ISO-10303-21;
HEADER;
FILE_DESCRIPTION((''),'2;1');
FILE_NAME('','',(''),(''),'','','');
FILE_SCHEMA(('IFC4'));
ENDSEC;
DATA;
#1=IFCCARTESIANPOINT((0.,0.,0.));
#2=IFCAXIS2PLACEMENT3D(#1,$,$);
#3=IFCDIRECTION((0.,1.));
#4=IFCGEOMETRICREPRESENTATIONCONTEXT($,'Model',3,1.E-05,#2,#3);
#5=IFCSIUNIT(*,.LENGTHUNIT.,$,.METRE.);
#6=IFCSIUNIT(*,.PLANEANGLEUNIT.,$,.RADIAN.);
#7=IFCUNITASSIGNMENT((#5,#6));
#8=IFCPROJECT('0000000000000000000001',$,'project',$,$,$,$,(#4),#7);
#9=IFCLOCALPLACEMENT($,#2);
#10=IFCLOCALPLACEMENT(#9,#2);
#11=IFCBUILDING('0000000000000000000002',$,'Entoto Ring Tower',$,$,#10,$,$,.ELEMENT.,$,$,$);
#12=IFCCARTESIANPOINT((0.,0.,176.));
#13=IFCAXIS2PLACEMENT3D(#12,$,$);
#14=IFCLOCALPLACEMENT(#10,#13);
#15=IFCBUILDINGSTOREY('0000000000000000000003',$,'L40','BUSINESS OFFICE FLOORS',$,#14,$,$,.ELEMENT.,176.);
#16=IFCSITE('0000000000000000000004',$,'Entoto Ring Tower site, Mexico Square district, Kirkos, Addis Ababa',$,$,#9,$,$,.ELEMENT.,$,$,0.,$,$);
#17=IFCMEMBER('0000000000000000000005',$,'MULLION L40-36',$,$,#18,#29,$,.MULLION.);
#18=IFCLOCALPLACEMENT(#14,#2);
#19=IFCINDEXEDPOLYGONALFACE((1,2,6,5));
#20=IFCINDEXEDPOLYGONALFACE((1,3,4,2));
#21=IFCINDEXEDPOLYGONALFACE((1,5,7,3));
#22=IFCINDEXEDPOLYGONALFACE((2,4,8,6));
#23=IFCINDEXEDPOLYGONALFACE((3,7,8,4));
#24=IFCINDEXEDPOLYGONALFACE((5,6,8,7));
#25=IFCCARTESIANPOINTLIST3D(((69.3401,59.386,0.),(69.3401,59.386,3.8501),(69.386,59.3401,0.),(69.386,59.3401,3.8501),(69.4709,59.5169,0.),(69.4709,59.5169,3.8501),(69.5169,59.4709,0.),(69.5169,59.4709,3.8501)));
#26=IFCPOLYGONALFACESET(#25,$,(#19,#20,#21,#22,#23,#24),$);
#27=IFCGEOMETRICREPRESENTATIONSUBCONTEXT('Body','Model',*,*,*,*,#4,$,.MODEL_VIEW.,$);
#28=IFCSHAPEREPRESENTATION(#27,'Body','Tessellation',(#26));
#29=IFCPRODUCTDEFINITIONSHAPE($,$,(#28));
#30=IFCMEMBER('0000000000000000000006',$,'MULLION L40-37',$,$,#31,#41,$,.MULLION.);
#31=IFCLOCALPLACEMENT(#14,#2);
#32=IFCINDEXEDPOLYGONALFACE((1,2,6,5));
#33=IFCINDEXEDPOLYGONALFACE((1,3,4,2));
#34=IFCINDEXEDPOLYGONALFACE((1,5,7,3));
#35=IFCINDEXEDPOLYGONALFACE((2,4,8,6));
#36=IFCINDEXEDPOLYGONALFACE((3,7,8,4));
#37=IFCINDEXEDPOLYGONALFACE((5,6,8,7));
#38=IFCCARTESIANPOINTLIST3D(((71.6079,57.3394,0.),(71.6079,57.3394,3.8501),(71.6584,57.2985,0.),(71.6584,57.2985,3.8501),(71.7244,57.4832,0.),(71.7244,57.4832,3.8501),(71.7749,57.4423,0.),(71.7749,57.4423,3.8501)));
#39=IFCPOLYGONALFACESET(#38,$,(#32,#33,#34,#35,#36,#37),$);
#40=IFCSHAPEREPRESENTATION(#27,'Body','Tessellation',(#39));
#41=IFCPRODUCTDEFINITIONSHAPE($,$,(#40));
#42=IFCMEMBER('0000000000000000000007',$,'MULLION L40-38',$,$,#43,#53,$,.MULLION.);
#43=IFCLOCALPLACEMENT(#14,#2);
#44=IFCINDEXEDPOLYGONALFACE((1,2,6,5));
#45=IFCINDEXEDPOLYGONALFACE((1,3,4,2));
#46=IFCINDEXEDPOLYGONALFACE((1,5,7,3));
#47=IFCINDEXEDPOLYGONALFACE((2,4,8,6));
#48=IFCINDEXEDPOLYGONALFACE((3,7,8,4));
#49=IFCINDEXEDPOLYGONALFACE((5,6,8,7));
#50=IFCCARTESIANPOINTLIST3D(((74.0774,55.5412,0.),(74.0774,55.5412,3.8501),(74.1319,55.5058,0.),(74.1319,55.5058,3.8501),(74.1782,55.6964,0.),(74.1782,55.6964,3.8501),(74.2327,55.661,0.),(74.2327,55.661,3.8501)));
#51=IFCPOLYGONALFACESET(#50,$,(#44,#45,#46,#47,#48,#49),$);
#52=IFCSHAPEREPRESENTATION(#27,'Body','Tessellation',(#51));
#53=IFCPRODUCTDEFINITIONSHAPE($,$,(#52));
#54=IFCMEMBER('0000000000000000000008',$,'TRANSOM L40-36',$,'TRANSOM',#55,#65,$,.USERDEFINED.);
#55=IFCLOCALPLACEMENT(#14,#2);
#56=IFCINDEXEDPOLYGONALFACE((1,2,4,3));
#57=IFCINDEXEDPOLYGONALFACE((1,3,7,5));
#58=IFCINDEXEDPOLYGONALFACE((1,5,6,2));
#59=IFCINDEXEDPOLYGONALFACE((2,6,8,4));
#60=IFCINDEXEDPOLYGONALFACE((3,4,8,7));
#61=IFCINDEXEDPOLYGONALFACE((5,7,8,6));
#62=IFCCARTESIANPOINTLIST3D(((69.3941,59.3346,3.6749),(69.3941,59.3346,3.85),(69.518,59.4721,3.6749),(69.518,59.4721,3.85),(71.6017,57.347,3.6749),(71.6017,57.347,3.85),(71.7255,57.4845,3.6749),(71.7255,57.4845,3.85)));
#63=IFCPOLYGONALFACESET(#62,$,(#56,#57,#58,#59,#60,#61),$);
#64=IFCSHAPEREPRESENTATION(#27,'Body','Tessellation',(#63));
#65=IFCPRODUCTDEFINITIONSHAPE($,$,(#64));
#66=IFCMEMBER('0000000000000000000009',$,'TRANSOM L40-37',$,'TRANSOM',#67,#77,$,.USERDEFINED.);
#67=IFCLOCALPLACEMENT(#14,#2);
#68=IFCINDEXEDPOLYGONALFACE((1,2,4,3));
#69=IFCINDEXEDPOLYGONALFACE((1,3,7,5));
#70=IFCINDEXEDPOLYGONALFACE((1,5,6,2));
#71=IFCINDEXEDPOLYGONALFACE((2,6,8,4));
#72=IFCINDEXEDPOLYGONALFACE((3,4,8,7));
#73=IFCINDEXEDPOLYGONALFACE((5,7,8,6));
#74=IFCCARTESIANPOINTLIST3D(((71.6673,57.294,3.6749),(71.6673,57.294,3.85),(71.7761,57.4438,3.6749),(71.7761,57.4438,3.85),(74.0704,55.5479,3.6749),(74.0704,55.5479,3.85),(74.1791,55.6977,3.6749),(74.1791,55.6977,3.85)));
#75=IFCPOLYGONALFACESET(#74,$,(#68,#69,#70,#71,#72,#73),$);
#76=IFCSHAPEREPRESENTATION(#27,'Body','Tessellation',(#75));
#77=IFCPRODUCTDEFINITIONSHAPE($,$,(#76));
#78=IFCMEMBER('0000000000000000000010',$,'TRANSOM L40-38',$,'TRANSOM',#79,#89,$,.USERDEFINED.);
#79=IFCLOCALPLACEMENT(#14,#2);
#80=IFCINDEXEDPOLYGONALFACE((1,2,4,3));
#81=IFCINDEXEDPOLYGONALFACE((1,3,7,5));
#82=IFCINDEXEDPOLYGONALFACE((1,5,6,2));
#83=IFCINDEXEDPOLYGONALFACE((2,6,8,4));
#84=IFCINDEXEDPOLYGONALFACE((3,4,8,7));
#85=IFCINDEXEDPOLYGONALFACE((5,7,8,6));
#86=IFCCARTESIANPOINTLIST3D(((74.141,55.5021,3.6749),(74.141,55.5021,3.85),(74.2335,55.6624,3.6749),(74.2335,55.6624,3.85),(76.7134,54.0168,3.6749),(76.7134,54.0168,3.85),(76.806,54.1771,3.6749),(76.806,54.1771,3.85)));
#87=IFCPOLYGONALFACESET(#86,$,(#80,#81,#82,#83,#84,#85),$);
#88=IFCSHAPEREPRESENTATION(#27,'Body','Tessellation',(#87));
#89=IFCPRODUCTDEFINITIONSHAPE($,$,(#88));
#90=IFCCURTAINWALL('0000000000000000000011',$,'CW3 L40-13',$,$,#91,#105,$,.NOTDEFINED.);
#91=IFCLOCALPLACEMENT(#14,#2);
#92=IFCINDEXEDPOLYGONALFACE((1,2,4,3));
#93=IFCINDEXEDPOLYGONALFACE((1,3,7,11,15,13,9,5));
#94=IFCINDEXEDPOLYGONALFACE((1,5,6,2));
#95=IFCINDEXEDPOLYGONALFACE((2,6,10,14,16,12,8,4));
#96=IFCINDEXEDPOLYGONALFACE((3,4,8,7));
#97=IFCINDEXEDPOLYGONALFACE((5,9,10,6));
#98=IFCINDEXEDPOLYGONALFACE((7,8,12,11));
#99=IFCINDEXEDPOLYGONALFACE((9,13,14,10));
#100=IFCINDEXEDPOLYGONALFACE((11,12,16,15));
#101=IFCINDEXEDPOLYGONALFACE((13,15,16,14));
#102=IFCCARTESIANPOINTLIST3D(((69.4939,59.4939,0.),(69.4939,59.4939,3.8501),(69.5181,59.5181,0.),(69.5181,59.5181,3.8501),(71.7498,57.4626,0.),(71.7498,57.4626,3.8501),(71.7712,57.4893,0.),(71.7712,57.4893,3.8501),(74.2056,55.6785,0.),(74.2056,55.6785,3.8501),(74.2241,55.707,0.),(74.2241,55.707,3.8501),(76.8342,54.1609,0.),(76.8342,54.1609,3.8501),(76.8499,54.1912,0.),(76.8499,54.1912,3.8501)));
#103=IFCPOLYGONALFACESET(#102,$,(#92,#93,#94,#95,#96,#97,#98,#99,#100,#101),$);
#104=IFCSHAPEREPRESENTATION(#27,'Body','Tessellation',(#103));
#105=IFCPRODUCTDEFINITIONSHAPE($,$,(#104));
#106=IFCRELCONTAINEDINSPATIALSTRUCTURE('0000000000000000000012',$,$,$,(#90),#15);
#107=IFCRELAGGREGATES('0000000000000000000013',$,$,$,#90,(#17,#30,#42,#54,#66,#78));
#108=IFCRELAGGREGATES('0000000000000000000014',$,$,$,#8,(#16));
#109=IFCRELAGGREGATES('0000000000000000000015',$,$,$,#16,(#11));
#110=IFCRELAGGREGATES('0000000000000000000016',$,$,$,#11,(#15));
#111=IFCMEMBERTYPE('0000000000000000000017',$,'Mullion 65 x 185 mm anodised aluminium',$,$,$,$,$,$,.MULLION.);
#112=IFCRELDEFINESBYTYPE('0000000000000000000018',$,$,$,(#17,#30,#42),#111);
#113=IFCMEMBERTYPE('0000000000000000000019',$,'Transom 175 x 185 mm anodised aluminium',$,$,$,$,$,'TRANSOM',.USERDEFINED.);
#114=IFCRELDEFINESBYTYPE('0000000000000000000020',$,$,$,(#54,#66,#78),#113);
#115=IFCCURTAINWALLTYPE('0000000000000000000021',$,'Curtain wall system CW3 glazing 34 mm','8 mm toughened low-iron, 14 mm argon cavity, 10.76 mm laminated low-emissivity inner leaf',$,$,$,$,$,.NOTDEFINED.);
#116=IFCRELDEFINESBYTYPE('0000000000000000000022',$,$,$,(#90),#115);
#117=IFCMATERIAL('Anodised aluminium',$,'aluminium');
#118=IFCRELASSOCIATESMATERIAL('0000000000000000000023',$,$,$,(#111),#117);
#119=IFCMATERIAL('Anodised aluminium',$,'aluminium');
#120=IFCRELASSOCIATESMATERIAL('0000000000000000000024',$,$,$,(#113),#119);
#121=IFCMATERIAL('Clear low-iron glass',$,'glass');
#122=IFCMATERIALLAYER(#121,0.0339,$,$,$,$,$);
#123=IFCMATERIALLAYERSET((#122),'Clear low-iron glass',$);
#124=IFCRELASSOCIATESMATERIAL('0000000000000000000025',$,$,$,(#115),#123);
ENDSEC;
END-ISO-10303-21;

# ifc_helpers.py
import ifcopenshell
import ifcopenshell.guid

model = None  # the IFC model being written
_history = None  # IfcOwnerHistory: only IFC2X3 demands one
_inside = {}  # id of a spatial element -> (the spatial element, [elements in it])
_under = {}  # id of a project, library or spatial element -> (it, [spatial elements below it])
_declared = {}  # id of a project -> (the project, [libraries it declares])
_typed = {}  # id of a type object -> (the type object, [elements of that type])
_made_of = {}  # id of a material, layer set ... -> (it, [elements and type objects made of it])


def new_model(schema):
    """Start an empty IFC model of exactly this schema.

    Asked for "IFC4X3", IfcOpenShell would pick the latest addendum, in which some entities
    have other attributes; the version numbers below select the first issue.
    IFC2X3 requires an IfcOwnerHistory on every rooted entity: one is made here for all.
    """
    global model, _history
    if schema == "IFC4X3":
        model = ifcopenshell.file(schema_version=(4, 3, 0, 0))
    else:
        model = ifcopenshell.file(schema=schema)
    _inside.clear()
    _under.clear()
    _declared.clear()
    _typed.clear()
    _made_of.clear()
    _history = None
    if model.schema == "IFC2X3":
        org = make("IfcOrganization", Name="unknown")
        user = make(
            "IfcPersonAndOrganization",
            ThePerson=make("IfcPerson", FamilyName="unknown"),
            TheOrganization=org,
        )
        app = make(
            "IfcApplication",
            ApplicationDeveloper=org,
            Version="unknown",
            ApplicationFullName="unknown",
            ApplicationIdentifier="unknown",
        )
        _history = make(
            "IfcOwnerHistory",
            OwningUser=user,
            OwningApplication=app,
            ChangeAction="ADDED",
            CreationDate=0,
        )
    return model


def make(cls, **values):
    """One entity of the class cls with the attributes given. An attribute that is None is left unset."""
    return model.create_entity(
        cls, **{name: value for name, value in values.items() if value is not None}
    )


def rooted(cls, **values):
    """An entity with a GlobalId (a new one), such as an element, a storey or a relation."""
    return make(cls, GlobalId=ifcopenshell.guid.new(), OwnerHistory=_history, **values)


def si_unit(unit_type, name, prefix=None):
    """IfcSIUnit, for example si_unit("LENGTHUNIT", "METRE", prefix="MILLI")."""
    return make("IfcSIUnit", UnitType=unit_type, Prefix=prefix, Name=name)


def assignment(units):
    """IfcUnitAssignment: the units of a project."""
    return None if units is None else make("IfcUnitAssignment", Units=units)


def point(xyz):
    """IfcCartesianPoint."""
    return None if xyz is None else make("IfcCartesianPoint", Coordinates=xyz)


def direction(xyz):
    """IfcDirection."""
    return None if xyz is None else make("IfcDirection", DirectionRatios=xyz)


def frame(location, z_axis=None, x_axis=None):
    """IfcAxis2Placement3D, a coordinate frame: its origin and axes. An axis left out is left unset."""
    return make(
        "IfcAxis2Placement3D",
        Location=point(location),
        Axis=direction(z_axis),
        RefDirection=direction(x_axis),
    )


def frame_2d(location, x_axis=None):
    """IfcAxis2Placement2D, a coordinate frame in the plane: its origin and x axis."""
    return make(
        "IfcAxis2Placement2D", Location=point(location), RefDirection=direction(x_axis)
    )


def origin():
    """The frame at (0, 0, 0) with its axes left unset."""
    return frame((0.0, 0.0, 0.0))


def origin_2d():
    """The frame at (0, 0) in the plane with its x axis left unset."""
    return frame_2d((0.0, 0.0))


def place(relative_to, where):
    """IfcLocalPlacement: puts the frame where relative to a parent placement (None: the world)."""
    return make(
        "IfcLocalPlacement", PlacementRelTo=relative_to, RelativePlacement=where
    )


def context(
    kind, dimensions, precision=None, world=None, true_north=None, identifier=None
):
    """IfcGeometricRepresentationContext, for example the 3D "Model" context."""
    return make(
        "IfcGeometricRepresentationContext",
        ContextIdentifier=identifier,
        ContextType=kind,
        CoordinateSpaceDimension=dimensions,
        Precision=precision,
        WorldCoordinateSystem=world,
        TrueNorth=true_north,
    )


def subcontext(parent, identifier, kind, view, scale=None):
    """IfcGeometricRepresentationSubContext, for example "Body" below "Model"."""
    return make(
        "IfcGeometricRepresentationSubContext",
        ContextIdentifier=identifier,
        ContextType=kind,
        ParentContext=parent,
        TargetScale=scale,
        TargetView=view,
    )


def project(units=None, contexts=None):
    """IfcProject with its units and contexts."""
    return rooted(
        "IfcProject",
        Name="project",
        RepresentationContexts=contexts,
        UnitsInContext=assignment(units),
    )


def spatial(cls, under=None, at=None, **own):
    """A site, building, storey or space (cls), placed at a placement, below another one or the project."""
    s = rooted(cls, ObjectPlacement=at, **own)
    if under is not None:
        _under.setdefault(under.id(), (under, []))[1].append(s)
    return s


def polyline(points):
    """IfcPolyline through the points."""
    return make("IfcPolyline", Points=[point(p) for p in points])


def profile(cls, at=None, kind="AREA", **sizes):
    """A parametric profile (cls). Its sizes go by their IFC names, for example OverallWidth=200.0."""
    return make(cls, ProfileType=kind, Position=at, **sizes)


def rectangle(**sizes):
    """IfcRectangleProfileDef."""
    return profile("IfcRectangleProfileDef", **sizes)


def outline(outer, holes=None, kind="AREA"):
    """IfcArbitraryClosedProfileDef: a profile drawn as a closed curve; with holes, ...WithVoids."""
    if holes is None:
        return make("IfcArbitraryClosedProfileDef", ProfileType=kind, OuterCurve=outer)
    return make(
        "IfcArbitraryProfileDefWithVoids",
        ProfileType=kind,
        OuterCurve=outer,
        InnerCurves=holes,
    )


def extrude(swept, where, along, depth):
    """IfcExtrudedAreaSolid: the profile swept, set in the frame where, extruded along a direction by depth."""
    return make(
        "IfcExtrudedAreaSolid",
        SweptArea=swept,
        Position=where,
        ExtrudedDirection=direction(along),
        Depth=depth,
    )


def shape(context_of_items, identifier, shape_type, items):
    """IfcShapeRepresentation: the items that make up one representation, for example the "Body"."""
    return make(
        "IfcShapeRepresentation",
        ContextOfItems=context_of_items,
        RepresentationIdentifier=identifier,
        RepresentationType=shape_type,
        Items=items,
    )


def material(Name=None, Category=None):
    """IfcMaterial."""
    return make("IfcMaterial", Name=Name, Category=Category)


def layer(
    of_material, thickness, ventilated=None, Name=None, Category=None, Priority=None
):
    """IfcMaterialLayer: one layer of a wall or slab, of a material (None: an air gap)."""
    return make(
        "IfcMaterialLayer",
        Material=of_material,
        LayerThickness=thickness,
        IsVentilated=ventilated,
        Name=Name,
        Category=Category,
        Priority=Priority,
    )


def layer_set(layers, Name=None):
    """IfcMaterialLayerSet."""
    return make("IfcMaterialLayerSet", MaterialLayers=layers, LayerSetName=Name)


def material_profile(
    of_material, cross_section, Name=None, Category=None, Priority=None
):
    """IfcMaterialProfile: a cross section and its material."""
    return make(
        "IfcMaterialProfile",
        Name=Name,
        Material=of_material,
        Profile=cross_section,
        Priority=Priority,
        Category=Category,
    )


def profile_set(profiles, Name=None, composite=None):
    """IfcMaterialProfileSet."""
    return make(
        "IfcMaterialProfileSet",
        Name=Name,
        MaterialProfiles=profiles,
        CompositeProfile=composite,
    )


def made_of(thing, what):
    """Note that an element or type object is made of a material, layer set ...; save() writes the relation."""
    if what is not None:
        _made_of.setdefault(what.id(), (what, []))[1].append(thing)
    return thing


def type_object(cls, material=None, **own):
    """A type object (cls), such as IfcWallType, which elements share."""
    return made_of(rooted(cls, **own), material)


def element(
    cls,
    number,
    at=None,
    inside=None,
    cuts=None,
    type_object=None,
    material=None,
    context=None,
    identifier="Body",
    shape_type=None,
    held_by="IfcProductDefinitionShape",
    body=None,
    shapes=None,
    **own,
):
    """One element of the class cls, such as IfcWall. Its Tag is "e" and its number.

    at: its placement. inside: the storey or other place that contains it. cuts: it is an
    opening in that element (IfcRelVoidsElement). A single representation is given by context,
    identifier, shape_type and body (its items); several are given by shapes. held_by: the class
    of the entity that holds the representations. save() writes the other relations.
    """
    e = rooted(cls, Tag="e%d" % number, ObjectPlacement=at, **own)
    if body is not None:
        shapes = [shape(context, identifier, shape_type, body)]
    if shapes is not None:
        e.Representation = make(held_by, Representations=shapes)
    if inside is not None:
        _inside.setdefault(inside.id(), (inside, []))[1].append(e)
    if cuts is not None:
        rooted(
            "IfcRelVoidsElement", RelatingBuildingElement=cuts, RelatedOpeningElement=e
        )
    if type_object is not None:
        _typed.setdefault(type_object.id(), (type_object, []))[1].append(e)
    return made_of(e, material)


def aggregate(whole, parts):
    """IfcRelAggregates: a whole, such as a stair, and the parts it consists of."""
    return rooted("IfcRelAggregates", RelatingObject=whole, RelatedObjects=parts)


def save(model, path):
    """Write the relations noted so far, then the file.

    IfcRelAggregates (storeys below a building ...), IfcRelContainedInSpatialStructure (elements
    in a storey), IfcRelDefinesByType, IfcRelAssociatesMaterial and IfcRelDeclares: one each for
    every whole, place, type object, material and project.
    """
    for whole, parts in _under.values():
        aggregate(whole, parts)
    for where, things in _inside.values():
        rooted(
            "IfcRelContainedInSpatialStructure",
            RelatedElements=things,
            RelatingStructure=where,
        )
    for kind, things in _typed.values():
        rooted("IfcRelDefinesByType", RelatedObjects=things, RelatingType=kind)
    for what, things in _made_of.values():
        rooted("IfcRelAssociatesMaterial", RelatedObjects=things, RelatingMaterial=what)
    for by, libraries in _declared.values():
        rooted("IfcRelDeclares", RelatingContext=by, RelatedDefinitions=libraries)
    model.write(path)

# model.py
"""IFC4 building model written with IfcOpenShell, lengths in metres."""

from ifc_helpers import new_model, si_unit, direction, frame, origin, origin_2d, place, context, subcontext, project, spatial, polyline, rectangle, outline, extrude, material, layer, layer_set, material_profile, profile_set, type_object, element, aggregate, save


model = new_model("IFC4")

# Units and contexts
model_context = context("Model", 3, precision=1e-05, world=origin(), true_north=direction((0.0, 1.0)))
body_context = subcontext(model_context, "Body", "Model", "MODEL_VIEW")
ifc_project = project(units=[si_unit("LENGTHUNIT", "METRE"), si_unit("PLANEANGLEUNIT", "RADIAN")], contexts=[model_context])

# Members
ifc_material_1 = material(Name="Anodised aluminium", Category="aluminium")
ifc_material_profile_1 = material_profile(ifc_material_1, rectangle(XDim=0.0649, YDim=0.1851, at=origin_2d()), Name="Mullion 65 x 185 mm anodised aluminium")
ifc_profile_set_1 = profile_set([ifc_material_profile_1], Name="Anodised aluminium")
member_type_1 = type_object("IfcMemberType", Name="Mullion 65 x 185 mm anodised aluminium", PredefinedType="MULLION", material=ifc_profile_set_1)
site_placement = place(None, origin())
building_placement = place(site_placement, origin())
storey_placement = place(building_placement, frame((0.0, 0.0, 176.0)))
member_1_placement = place(storey_placement, frame((69.4285, 59.4285, 0.0), z_axis=(0.0, 0.0, 1.0), x_axis=(0.707107, -0.707107, 0.0)))
member_1 = element("IfcMember", 1, at=member_1_placement, type_object=member_type_1, Name="MULLION L40-36", PredefinedType="MULLION", context=body_context, shape_type="SweptSolid", body=[
    extrude(rectangle(XDim=0.0649, YDim=0.1851, at=origin_2d()), origin(), (0.0, 0.0, 1.0), 3.8501),
])
member_2_placement = place(storey_placement, frame((71.6914, 57.3909, 0.0), z_axis=(0.0, 0.0, 1.0), x_axis=(0.777146, -0.62932, 0.0)))
member_2 = element("IfcMember", 2, at=member_2_placement, type_object=member_type_1, Name="MULLION L40-37", PredefinedType="MULLION", context=body_context, shape_type="SweptSolid", body=[
    extrude(rectangle(XDim=0.0649, YDim=0.1851, at=origin_2d()), origin(), (0.0, 0.0, 1.0), 3.8501),
])
member_3_placement = place(storey_placement, frame((74.155, 55.6011, 0.0), z_axis=(0.0, 0.0, 1.0), x_axis=(0.838671, -0.544639, 0.0)))
member_3 = element("IfcMember", 3, at=member_3_placement, type_object=member_type_1, Name="MULLION L40-38", PredefinedType="MULLION", context=body_context, shape_type="SweptSolid", body=[
    extrude(rectangle(XDim=0.0649, YDim=0.1851, at=origin_2d()), origin(), (0.0, 0.0, 1.0), 3.8501),
])
ifc_material_2 = material(Name="Anodised aluminium", Category="aluminium")
ifc_material_profile_2 = material_profile(ifc_material_2, rectangle(XDim=0.1851, YDim=0.175, at=origin_2d()), Name="Transom 175 x 185 mm anodised aluminium")
ifc_profile_set_2 = profile_set([ifc_material_profile_2], Name="Anodised aluminium")
member_type_2 = type_object("IfcMemberType", Name="Transom 175 x 185 mm anodised aluminium", ElementType="TRANSOM", PredefinedType="USERDEFINED", material=ifc_profile_set_2)
member_4_placement = place(storey_placement, frame((69.4561, 59.4033, 3.7625), z_axis=(0.743163, -0.66911, 0.0), x_axis=(0.66911, 0.743163, 0.0)))
member_4 = element("IfcMember", 4, at=member_4_placement, type_object=member_type_2, Name="TRANSOM L40-36", ObjectType="TRANSOM", PredefinedType="USERDEFINED", context=body_context, shape_type="SweptSolid", body=[
    extrude(rectangle(XDim=0.1851, YDim=0.175, at=origin_2d()), origin(), (0.0, 0.0, 1.0), 2.9705),
])
member_5_placement = place(storey_placement, frame((71.7217, 57.3689, 3.7625), z_axis=(0.808992, -0.58782, 0.0), x_axis=(0.58782, 0.808992, 0.0)))
member_5 = element("IfcMember", 5, at=member_5_placement, type_object=member_type_2, Name="TRANSOM L40-37", ObjectType="TRANSOM", PredefinedType="USERDEFINED", context=body_context, shape_type="SweptSolid", body=[
    extrude(rectangle(XDim=0.1851, YDim=0.175, at=origin_2d()), origin(), (0.0, 0.0, 1.0), 2.9705),
])
member_6_placement = place(storey_placement, frame((74.1873, 55.5823, 3.7625), z_axis=(0.866009, -0.500028, 0.0), x_axis=(0.500028, 0.866009, 0.0)))
member_6 = element("IfcMember", 6, at=member_6_placement, type_object=member_type_2, Name="TRANSOM L40-38", ObjectType="TRANSOM", PredefinedType="USERDEFINED", context=body_context, shape_type="SweptSolid", body=[
    extrude(rectangle(XDim=0.1851, YDim=0.175, at=origin_2d()), origin(), (0.0, 0.0, 1.0), 2.9705),
])

# Site, building, storey
site = spatial("IfcSite", under=ifc_project, at=site_placement, Name="Entoto Ring Tower site, Mexico Square district, Kirkos, Addis Ababa", CompositionType="ELEMENT", RefElevation=0.0)
building = spatial("IfcBuilding", under=site, at=building_placement, Name="Entoto Ring Tower", CompositionType="ELEMENT")
storey = spatial("IfcBuildingStorey", under=building, at=storey_placement, Name="L40", Description="BUSINESS OFFICE FLOORS", CompositionType="ELEMENT", Elevation=176.0)

# Curtain wall
ifc_material_3 = material(Name="Clear low-iron glass", Category="glass")
ifc_layer = layer(ifc_material_3, 0.0339)
ifc_layer_set = layer_set([ifc_layer], Name="Clear low-iron glass")
curtain_wall_type = type_object("IfcCurtainWallType", Name="Curtain wall system CW3 glazing 34 mm", Description="8 mm toughened low-iron, 14 mm argon cavity, 10.76 mm laminated low-emissivity inner leaf", PredefinedType="NOTDEFINED", material=ifc_layer_set)
curtain_wall_1_placement = place(storey_placement, origin())
curtain_wall_1 = element("IfcCurtainWall", 7, at=curtain_wall_1_placement, inside=storey, type_object=curtain_wall_type, Name="CW3 L40-13", PredefinedType="NOTDEFINED", context=body_context, shape_type="SweptSolid", body=[
    extrude(outline(polyline([(69.4939, 59.4939), (71.7498, 57.4626), (74.2056, 55.6785), (76.8342, 54.1609), (76.8499, 54.1912), (74.2241, 55.707), (71.7712, 57.4893), (69.5181, 59.5181), (69.4939, 59.4939)])), origin(), (0.0, 0.0, 1.0), 3.8501),
])
aggregate(curtain_wall_1, [member_1, member_2, member_3, member_4, member_5, member_6])

save(model, "model.ifc")
